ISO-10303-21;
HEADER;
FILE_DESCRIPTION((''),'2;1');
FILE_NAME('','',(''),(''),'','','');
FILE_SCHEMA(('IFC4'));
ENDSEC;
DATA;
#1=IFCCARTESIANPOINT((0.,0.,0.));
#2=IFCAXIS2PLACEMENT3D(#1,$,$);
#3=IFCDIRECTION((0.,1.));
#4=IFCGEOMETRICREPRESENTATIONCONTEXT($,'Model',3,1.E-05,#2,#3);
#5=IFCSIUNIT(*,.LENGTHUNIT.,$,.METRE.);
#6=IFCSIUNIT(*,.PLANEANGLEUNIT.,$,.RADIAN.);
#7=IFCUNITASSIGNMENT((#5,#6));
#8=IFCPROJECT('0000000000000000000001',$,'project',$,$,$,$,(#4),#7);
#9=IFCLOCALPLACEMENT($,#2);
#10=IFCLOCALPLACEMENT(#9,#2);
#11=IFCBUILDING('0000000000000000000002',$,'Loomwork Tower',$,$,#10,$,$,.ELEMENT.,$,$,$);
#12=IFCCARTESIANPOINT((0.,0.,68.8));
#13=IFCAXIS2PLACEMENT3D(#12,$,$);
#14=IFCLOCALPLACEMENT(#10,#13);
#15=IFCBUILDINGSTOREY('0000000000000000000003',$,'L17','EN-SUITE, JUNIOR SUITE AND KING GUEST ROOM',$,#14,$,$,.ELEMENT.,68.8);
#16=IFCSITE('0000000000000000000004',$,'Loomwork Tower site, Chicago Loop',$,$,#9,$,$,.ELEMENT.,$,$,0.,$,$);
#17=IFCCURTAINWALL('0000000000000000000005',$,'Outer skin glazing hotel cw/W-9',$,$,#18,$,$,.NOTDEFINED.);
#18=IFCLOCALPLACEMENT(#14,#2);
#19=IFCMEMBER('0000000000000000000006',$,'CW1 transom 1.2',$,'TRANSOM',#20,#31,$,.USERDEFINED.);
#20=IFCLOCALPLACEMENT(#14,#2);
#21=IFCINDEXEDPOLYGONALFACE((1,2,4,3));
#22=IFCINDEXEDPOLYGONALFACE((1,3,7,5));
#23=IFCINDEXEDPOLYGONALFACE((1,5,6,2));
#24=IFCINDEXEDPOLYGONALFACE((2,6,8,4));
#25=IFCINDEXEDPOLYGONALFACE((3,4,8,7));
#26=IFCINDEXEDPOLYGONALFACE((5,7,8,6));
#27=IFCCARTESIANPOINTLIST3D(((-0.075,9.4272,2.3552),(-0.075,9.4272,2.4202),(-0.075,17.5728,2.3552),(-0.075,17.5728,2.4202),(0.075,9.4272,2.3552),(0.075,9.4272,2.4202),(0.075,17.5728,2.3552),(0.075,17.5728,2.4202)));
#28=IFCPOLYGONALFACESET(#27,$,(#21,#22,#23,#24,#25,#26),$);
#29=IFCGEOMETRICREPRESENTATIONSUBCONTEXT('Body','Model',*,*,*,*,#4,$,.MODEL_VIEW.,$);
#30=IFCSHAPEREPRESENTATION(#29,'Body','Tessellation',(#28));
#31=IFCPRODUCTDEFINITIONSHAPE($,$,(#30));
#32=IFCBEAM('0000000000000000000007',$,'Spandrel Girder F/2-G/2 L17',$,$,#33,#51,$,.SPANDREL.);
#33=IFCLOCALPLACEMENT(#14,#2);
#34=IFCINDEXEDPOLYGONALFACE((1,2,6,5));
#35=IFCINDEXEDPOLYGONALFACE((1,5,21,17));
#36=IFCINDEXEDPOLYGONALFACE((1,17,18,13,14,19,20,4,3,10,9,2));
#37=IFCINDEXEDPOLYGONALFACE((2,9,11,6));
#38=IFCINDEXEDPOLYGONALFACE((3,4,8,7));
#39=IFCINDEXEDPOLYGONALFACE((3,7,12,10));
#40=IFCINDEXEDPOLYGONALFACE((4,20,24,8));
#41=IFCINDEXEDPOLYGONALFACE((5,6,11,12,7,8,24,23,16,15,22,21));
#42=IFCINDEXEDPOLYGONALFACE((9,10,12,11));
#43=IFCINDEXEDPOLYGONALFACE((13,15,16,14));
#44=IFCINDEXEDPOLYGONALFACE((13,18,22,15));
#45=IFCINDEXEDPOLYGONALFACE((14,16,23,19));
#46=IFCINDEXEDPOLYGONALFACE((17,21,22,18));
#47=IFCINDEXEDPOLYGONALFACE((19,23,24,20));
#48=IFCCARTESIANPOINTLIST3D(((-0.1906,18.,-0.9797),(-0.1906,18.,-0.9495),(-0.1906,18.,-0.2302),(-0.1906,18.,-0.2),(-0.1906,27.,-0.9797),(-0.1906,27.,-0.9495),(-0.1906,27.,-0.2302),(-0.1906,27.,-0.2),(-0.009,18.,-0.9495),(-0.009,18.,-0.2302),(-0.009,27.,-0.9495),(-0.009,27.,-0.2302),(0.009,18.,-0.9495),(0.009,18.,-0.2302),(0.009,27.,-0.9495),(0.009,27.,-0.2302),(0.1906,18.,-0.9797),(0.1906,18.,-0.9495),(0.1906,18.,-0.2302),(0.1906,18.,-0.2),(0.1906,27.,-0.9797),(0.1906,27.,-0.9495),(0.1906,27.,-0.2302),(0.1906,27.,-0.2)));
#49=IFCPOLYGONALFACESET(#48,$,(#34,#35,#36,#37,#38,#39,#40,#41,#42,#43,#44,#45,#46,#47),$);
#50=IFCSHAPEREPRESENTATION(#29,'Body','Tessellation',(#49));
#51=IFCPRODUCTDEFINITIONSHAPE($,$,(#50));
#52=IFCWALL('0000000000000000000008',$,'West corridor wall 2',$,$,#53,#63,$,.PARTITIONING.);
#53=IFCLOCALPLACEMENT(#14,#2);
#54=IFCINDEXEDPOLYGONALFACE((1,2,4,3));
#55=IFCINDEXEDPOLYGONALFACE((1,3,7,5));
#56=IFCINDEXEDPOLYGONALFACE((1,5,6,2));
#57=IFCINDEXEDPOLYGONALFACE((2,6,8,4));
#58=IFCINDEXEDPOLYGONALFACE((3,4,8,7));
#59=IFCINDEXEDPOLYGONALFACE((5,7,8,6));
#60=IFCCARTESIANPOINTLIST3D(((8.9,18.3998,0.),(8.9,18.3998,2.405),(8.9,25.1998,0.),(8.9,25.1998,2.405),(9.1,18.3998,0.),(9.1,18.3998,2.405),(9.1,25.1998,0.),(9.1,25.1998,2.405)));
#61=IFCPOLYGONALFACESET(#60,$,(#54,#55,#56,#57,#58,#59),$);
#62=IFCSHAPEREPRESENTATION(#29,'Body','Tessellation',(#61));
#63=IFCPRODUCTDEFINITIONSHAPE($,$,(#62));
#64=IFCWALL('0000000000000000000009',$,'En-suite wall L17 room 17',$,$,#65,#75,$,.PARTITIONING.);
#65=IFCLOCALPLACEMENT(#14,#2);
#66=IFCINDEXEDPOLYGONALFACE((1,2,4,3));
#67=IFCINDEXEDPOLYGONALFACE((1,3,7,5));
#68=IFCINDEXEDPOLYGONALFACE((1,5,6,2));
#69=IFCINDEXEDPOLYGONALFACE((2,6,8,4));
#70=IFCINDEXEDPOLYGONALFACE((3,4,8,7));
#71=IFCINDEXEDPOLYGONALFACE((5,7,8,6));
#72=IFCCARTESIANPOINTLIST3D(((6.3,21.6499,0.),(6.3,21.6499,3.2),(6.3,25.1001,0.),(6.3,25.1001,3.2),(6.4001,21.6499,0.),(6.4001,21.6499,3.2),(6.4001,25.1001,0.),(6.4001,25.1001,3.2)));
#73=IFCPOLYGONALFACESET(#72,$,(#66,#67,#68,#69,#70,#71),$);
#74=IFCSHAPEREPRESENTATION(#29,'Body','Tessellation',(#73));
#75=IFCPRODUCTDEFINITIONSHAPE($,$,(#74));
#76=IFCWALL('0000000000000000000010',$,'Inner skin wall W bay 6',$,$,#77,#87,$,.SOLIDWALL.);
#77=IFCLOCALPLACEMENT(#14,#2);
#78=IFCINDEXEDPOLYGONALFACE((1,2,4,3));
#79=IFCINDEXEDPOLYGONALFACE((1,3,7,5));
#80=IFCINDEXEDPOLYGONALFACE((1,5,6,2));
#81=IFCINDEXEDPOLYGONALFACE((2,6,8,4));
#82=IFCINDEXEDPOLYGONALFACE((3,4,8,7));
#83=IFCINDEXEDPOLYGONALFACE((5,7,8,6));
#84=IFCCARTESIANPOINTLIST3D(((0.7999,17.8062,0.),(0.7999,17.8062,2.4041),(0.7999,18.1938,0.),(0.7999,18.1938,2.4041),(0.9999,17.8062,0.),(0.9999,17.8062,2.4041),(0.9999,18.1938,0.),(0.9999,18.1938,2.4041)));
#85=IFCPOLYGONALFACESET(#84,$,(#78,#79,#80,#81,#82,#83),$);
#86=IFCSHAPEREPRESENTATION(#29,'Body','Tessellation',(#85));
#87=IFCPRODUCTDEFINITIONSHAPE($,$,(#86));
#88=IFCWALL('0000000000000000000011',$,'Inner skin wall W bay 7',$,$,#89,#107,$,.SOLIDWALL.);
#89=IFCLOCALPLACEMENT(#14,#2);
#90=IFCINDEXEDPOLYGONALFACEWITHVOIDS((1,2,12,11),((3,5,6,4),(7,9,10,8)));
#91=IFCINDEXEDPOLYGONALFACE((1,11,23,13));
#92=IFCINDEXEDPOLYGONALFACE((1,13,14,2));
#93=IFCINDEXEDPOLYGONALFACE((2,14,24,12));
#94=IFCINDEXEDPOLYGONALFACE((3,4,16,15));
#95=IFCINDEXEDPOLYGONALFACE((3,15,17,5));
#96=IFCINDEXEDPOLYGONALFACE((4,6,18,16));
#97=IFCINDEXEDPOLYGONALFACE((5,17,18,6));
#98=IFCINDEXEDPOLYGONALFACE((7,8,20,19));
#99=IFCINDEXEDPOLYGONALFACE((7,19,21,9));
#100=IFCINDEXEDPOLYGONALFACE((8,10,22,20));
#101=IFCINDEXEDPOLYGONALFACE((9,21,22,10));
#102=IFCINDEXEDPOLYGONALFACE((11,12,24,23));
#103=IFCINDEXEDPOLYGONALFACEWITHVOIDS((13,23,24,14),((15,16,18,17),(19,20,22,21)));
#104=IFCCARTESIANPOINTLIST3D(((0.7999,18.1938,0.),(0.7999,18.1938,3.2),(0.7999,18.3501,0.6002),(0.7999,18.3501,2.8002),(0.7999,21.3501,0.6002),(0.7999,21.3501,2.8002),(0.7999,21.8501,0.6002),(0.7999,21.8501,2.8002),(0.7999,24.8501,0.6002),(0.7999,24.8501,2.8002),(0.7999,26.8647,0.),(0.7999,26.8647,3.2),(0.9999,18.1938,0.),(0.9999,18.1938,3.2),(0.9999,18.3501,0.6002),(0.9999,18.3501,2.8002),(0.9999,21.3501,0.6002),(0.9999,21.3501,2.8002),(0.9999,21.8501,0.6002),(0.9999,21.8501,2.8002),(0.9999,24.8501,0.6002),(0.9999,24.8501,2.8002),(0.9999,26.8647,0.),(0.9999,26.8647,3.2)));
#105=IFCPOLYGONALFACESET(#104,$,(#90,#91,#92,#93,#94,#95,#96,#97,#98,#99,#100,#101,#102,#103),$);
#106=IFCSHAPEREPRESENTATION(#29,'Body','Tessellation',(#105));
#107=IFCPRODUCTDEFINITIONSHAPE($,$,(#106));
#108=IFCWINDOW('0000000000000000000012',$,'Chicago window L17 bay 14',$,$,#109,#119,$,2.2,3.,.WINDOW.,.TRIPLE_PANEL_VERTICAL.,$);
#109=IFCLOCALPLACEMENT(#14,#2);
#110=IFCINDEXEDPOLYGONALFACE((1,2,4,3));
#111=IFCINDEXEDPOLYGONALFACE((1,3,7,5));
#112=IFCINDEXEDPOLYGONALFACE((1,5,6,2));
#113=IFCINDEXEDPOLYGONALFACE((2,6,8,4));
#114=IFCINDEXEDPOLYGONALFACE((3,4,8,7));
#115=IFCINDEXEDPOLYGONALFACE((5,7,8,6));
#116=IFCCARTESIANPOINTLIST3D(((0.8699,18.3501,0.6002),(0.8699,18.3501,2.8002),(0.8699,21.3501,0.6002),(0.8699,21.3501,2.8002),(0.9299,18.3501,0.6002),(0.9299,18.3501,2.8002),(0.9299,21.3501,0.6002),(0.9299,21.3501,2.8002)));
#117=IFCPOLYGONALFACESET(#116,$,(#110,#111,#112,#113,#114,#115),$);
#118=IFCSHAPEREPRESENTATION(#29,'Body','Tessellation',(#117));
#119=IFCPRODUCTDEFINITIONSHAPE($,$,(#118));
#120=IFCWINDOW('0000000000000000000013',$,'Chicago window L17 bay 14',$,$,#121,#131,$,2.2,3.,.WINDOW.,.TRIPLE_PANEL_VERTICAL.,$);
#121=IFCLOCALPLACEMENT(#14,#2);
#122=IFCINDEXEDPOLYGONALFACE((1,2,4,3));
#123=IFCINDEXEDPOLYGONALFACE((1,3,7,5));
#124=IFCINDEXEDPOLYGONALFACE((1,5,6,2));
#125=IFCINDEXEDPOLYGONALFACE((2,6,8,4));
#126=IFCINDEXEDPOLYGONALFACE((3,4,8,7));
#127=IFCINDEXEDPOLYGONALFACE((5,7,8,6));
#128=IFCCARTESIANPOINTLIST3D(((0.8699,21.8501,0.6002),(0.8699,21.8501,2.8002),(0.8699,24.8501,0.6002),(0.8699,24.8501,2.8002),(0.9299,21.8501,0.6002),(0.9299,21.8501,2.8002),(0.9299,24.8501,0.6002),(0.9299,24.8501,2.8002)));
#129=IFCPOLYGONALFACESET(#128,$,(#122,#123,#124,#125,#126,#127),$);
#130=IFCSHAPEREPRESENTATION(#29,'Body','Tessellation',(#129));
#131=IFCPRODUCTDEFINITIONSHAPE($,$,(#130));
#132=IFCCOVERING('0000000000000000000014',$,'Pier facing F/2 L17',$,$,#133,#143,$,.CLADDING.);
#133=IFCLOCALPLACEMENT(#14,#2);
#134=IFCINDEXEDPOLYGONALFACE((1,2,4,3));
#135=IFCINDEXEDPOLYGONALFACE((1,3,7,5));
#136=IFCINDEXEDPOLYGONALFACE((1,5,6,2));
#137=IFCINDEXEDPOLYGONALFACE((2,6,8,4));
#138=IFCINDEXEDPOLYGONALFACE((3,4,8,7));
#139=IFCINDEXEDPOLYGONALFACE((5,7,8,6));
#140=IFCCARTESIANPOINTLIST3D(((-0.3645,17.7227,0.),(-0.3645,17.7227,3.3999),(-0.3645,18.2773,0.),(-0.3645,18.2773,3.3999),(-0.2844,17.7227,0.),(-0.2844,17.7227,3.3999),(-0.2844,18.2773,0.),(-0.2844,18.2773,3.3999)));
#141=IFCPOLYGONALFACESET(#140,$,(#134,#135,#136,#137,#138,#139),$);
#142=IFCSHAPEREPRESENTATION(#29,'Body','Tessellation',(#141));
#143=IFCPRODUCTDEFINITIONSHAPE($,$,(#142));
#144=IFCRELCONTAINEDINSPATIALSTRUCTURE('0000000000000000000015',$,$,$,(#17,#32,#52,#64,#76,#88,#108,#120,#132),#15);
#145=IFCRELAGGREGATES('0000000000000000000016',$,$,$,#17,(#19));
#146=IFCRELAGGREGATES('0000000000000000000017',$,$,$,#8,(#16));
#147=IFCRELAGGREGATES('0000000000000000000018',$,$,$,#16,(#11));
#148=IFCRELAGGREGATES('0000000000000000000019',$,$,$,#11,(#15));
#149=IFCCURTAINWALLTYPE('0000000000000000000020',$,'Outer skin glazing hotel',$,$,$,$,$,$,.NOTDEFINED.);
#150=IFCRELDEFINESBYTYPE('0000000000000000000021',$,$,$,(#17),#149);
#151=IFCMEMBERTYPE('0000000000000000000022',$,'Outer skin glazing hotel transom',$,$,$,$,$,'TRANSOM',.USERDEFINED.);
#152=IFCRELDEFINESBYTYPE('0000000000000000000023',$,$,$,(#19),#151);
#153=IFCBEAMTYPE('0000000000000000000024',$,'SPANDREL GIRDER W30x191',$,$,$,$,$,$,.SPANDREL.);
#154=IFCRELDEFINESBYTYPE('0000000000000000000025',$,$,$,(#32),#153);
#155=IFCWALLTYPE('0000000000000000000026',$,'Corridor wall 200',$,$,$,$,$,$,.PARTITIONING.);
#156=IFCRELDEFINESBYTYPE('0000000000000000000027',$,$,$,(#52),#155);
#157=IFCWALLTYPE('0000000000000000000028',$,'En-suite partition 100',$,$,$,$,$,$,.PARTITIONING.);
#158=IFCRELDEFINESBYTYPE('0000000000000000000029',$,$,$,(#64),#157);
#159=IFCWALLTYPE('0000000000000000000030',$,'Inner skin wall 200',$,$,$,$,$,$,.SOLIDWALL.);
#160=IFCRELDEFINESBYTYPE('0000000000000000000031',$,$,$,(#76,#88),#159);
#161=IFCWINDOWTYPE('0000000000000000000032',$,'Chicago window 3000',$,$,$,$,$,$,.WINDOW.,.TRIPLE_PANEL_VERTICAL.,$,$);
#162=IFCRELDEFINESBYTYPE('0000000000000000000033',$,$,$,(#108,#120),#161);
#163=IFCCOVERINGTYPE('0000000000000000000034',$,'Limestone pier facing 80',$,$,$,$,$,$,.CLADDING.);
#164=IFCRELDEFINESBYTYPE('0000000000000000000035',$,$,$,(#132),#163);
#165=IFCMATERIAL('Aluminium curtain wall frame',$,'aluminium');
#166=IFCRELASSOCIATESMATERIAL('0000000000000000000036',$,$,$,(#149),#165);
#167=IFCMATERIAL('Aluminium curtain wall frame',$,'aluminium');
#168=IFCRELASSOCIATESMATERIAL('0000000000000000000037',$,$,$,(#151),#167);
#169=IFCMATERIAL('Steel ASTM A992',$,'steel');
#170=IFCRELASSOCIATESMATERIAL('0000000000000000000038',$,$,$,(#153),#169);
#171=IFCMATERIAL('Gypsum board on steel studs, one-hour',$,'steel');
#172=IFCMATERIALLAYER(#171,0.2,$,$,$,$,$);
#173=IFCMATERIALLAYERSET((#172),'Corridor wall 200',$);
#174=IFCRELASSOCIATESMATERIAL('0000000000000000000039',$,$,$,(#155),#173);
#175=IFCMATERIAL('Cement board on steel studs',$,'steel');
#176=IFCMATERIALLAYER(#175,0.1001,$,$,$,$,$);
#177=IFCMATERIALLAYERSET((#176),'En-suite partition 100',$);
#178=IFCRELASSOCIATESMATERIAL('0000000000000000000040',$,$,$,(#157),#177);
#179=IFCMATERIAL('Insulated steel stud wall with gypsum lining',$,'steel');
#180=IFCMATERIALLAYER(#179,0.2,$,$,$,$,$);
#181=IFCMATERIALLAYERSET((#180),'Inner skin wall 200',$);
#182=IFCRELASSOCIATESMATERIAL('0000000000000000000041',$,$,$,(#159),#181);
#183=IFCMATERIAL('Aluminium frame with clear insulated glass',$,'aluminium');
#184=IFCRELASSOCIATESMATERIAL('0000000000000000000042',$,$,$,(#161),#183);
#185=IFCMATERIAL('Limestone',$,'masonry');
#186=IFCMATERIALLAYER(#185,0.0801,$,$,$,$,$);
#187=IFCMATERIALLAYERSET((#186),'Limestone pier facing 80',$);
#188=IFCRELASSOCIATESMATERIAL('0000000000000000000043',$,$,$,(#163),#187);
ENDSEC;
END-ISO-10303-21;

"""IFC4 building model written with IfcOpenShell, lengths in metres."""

from ifc_helpers import new_model, si_unit, direction, frame, frame_2d, origin, origin_2d, place, context, subcontext, project, spatial, rectangle, i_section, extrude, material, layer, layer_set, material_profile, profile_set, type_object, element, fill, aggregate, save


model = new_model("IFC4")

# Units and contexts
model_context = context("Model", 3, precision=1e-05, world=origin(), true_north=direction((0.0, 1.0)))
body_context = subcontext(model_context, "Body", "Model", "MODEL_VIEW")
ifc_project = project(units=[si_unit("LENGTHUNIT", "METRE"), si_unit("PLANEANGLEUNIT", "RADIAN")], contexts=[model_context])

# Site, building, storey
site_placement = place(None, origin())
site = spatial("IfcSite", under=ifc_project, at=site_placement, Name="Loomwork Tower site, Chicago Loop", CompositionType="ELEMENT", RefElevation=0.0)
building_placement = place(site_placement, origin())
building = spatial("IfcBuilding", under=site, at=building_placement, Name="Loomwork Tower", CompositionType="ELEMENT")
storey_placement = place(building_placement, frame((0.0, 0.0, 68.8)))
storey = spatial("IfcBuildingStorey", under=building, at=storey_placement, Name="L17", Description="EN-SUITE, JUNIOR SUITE AND KING GUEST ROOM", CompositionType="ELEMENT", Elevation=68.8)

# Curtain wall
ifc_material_1 = material(Name="Aluminium curtain wall frame", Category="aluminium")
curtain_wall_type = type_object("IfcCurtainWallType", Name="Outer skin glazing hotel", PredefinedType="NOTDEFINED", material=ifc_material_1)
curtain_wall_1_placement = place(storey_placement, origin())
curtain_wall_1 = element("IfcCurtainWall", 1, at=curtain_wall_1_placement, inside=storey, type_object=curtain_wall_type, Name="Outer skin glazing hotel cw/W-9", PredefinedType="NOTDEFINED")

# Member
ifc_material_2 = material(Name="Aluminium curtain wall frame", Category="aluminium")
ifc_material_profile_1 = material_profile(ifc_material_2, rectangle(XDim=0.1499, YDim=0.0649, at=origin_2d()), Name="AL 65x150")
ifc_profile_set_1 = profile_set([ifc_material_profile_1], Name="Aluminium curtain wall frame")
member_type_1 = type_object("IfcMemberType", Name="Outer skin glazing hotel transom", ElementType="TRANSOM", PredefinedType="USERDEFINED", material=ifc_profile_set_1)
member_1_placement = place(storey_placement, frame((0.0, 17.5728, 2.3877), z_axis=(0.0, -1.0, 0.0), x_axis=(1.0, 0.0, 0.0)))
member_1 = element("IfcMember", 2, at=member_1_placement, type_object=member_type_1, Name="CW1 transom 1.2", ObjectType="TRANSOM", PredefinedType="USERDEFINED", context=body_context, shape_type="SweptSolid", body=[
    extrude(rectangle(XDim=0.1499, YDim=0.0649, at=origin_2d()), origin(), (0.0, 0.0, 1.0), 8.1455),
])
aggregate(curtain_wall_1, [member_1])

# Beam
ifc_material_3 = material(Name="Steel ASTM A992", Category="steel")
ifc_material_profile_2 = material_profile(ifc_material_3, i_section(OverallWidth=0.3811, OverallDepth=0.7798, WebThickness=0.0181, FlangeThickness=0.0303, at=origin_2d()), Name="W30x191")
ifc_profile_set_2 = profile_set([ifc_material_profile_2], Name="Steel ASTM A992")
beam_type_1 = type_object("IfcBeamType", Name="SPANDREL GIRDER W30x191", PredefinedType="SPANDREL", material=ifc_profile_set_2)
beam_1_placement = place(storey_placement, frame((0.0, 18.0, -0.5898), z_axis=(0.0, 1.0, 0.0), x_axis=(-1.0, 0.0, 0.0)))
element("IfcBeam", 3, at=beam_1_placement, inside=storey, type_object=beam_type_1, Name="Spandrel Girder F/2-G/2 L17", PredefinedType="SPANDREL", context=body_context, shape_type="SweptSolid", body=[
    extrude(i_section(OverallWidth=0.3811, OverallDepth=0.7798, WebThickness=0.0181, FlangeThickness=0.0303, at=origin_2d()), origin(), (0.0, 0.0, 1.0), 9.0),
])

# Walls
ifc_material_4 = material(Name="Gypsum board on steel studs, one-hour", Category="steel")
ifc_layer_1 = layer(ifc_material_4, 0.2)
ifc_layer_set_1 = layer_set([ifc_layer_1], Name="Corridor wall 200")
wall_type_1 = type_object("IfcWallType", Name="Corridor wall 200", PredefinedType="PARTITIONING", material=ifc_layer_set_1)
wall_1_placement = place(storey_placement, frame((9.0, 18.3999, 0.0), z_axis=(0.0, 0.0, 1.0), x_axis=(0.0, 1.0, 0.0)))
element("IfcWall", 4, at=wall_1_placement, inside=storey, type_object=wall_type_1, Name="West corridor wall 2", PredefinedType="PARTITIONING", context=body_context, shape_type="SweptSolid", body=[
    extrude(rectangle(XDim=6.8, YDim=0.2, at=frame_2d((3.3999, 0.0))), origin(), (0.0, 0.0, 1.0), 2.405),
])
ifc_material_5 = material(Name="Cement board on steel studs", Category="steel")
ifc_layer_2 = layer(ifc_material_5, 0.1001)
ifc_layer_set_2 = layer_set([ifc_layer_2], Name="En-suite partition 100")
wall_type_2 = type_object("IfcWallType", Name="En-suite partition 100", PredefinedType="PARTITIONING", material=ifc_layer_set_2)
wall_2_placement = place(storey_placement, frame((6.3501, 21.6499, 0.0), z_axis=(0.0, 0.0, 1.0), x_axis=(0.0, 1.0, 0.0)))
element("IfcWall", 5, at=wall_2_placement, inside=storey, type_object=wall_type_2, Name="En-suite wall L17 room 17", PredefinedType="PARTITIONING", context=body_context, shape_type="SweptSolid", body=[
    extrude(rectangle(XDim=3.4502, YDim=0.1001, at=frame_2d((1.7251, 0.0))), origin(), (0.0, 0.0, 1.0), 3.2),
])
ifc_material_6 = material(Name="Insulated steel stud wall with gypsum lining", Category="steel")
ifc_layer_3 = layer(ifc_material_6, 0.2)
ifc_layer_set_3 = layer_set([ifc_layer_3], Name="Inner skin wall 200")
wall_type_3 = type_object("IfcWallType", Name="Inner skin wall 200", PredefinedType="SOLIDWALL", material=ifc_layer_set_3)
wall_3_placement = place(storey_placement, frame((0.8999, 17.8062, 0.0), z_axis=(0.0, 0.0, 1.0), x_axis=(0.0, 1.0, 0.0)))
element("IfcWall", 6, at=wall_3_placement, inside=storey, type_object=wall_type_3, Name="Inner skin wall W bay 6", PredefinedType="SOLIDWALL", context=body_context, shape_type="SweptSolid", body=[
    extrude(rectangle(XDim=0.3877, YDim=0.2, at=frame_2d((0.1938, 0.0))), origin(), (0.0, 0.0, 1.0), 2.4041),
])

# Wall, openings, windows
wall_4_placement = place(storey_placement, frame((0.8999, 18.1938, 0.0), z_axis=(0.0, 0.0, 1.0), x_axis=(0.0, 1.0, 0.0)))
wall_4 = element("IfcWall", 7, at=wall_4_placement, inside=storey, type_object=wall_type_3, Name="Inner skin wall W bay 7", PredefinedType="SOLIDWALL", context=body_context, shape_type="SweptSolid", body=[
    extrude(rectangle(XDim=8.6709, YDim=0.2, at=frame_2d((4.3354, 0.0))), origin(), (0.0, 0.0, 1.0), 3.2),
])
opening_1_placement = place(wall_4_placement, frame((0.1562, 0.0, 0.6001)))
opening_1 = element("IfcOpeningElement", 8, at=opening_1_placement, cuts=wall_4, PredefinedType="OPENING", context=body_context, shape_type="SweptSolid", body=[
    extrude(rectangle(XDim=3.0, YDim=2.2, at=frame_2d((1.5, 1.1001))), frame((0.0, 0.1099, 0.0), z_axis=(0.0, -1.0, 0.0), x_axis=(1.0, 0.0, 0.0)), (0.0, 0.0, 1.0), 0.22),
])
opening_2_placement = place(wall_4_placement, frame((3.6562, 0.0, 0.6001)))
opening_2 = element("IfcOpeningElement", 9, at=opening_2_placement, cuts=wall_4, PredefinedType="OPENING", context=body_context, shape_type="SweptSolid", body=[
    extrude(rectangle(XDim=3.0, YDim=2.2, at=frame_2d((1.5, 1.1001))), frame((0.0, 0.1099, 0.0), z_axis=(0.0, -1.0, 0.0), x_axis=(1.0, 0.0, 0.0)), (0.0, 0.0, 1.0), 0.22),
])
ifc_material_7 = material(Name="Aluminium frame with clear insulated glass", Category="aluminium")
window_type = type_object("IfcWindowType", Name="Chicago window 3000", PartitioningType="TRIPLE_PANEL_VERTICAL", PredefinedType="WINDOW", material=ifc_material_7)
window_1_placement = place(opening_1_placement, origin())
window_1 = element("IfcWindow", 10, at=window_1_placement, inside=storey, type_object=window_type, Name="Chicago window L17 bay 14", OverallHeight=2.2, OverallWidth=3.0, PartitioningType="TRIPLE_PANEL_VERTICAL", PredefinedType="WINDOW", context=body_context, shape_type="SweptSolid", body=[
    extrude(rectangle(XDim=3.0, YDim=2.2, at=frame_2d((1.5, 1.1001))), frame((0.0, 0.03, 0.0), z_axis=(0.0, -1.0, 0.0), x_axis=(1.0, 0.0, 0.0)), (0.0, 0.0, 1.0), 0.0601),
])
fill(opening_1, window_1)
window_2_placement = place(opening_2_placement, origin())
window_2 = element("IfcWindow", 11, at=window_2_placement, inside=storey, type_object=window_type, Name="Chicago window L17 bay 14", OverallHeight=2.2, OverallWidth=3.0, PartitioningType="TRIPLE_PANEL_VERTICAL", PredefinedType="WINDOW", context=body_context, shape_type="SweptSolid", body=[
    extrude(rectangle(XDim=3.0, YDim=2.2, at=frame_2d((1.5, 1.1001))), frame((0.0, 0.03, 0.0), z_axis=(0.0, -1.0, 0.0), x_axis=(1.0, 0.0, 0.0)), (0.0, 0.0, 1.0), 0.0601),
])
fill(opening_2, window_2)

# Covering
ifc_material_8 = material(Name="Limestone", Category="masonry")
ifc_layer_4 = layer(ifc_material_8, 0.0801)
ifc_layer_set_4 = layer_set([ifc_layer_4], Name="Limestone pier facing 80")
covering_type = type_object("IfcCoveringType", Name="Limestone pier facing 80", PredefinedType="CLADDING", material=ifc_layer_set_4)
covering_placement = place(storey_placement, frame((-0.3245, 18.0, 0.0), z_axis=(0.0, 0.0, 1.0), x_axis=(1.0, 0.0, 0.0)))
element("IfcCovering", 12, at=covering_placement, inside=storey, type_object=covering_type, Name="Pier facing F/2 L17", PredefinedType="CLADDING", context=body_context, shape_type="SweptSolid", body=[
    extrude(rectangle(XDim=0.0801, YDim=0.5547, at=origin_2d()), origin(), (0.0, 0.0, 1.0), 3.3999),
])

save(model, "model.ifc")
